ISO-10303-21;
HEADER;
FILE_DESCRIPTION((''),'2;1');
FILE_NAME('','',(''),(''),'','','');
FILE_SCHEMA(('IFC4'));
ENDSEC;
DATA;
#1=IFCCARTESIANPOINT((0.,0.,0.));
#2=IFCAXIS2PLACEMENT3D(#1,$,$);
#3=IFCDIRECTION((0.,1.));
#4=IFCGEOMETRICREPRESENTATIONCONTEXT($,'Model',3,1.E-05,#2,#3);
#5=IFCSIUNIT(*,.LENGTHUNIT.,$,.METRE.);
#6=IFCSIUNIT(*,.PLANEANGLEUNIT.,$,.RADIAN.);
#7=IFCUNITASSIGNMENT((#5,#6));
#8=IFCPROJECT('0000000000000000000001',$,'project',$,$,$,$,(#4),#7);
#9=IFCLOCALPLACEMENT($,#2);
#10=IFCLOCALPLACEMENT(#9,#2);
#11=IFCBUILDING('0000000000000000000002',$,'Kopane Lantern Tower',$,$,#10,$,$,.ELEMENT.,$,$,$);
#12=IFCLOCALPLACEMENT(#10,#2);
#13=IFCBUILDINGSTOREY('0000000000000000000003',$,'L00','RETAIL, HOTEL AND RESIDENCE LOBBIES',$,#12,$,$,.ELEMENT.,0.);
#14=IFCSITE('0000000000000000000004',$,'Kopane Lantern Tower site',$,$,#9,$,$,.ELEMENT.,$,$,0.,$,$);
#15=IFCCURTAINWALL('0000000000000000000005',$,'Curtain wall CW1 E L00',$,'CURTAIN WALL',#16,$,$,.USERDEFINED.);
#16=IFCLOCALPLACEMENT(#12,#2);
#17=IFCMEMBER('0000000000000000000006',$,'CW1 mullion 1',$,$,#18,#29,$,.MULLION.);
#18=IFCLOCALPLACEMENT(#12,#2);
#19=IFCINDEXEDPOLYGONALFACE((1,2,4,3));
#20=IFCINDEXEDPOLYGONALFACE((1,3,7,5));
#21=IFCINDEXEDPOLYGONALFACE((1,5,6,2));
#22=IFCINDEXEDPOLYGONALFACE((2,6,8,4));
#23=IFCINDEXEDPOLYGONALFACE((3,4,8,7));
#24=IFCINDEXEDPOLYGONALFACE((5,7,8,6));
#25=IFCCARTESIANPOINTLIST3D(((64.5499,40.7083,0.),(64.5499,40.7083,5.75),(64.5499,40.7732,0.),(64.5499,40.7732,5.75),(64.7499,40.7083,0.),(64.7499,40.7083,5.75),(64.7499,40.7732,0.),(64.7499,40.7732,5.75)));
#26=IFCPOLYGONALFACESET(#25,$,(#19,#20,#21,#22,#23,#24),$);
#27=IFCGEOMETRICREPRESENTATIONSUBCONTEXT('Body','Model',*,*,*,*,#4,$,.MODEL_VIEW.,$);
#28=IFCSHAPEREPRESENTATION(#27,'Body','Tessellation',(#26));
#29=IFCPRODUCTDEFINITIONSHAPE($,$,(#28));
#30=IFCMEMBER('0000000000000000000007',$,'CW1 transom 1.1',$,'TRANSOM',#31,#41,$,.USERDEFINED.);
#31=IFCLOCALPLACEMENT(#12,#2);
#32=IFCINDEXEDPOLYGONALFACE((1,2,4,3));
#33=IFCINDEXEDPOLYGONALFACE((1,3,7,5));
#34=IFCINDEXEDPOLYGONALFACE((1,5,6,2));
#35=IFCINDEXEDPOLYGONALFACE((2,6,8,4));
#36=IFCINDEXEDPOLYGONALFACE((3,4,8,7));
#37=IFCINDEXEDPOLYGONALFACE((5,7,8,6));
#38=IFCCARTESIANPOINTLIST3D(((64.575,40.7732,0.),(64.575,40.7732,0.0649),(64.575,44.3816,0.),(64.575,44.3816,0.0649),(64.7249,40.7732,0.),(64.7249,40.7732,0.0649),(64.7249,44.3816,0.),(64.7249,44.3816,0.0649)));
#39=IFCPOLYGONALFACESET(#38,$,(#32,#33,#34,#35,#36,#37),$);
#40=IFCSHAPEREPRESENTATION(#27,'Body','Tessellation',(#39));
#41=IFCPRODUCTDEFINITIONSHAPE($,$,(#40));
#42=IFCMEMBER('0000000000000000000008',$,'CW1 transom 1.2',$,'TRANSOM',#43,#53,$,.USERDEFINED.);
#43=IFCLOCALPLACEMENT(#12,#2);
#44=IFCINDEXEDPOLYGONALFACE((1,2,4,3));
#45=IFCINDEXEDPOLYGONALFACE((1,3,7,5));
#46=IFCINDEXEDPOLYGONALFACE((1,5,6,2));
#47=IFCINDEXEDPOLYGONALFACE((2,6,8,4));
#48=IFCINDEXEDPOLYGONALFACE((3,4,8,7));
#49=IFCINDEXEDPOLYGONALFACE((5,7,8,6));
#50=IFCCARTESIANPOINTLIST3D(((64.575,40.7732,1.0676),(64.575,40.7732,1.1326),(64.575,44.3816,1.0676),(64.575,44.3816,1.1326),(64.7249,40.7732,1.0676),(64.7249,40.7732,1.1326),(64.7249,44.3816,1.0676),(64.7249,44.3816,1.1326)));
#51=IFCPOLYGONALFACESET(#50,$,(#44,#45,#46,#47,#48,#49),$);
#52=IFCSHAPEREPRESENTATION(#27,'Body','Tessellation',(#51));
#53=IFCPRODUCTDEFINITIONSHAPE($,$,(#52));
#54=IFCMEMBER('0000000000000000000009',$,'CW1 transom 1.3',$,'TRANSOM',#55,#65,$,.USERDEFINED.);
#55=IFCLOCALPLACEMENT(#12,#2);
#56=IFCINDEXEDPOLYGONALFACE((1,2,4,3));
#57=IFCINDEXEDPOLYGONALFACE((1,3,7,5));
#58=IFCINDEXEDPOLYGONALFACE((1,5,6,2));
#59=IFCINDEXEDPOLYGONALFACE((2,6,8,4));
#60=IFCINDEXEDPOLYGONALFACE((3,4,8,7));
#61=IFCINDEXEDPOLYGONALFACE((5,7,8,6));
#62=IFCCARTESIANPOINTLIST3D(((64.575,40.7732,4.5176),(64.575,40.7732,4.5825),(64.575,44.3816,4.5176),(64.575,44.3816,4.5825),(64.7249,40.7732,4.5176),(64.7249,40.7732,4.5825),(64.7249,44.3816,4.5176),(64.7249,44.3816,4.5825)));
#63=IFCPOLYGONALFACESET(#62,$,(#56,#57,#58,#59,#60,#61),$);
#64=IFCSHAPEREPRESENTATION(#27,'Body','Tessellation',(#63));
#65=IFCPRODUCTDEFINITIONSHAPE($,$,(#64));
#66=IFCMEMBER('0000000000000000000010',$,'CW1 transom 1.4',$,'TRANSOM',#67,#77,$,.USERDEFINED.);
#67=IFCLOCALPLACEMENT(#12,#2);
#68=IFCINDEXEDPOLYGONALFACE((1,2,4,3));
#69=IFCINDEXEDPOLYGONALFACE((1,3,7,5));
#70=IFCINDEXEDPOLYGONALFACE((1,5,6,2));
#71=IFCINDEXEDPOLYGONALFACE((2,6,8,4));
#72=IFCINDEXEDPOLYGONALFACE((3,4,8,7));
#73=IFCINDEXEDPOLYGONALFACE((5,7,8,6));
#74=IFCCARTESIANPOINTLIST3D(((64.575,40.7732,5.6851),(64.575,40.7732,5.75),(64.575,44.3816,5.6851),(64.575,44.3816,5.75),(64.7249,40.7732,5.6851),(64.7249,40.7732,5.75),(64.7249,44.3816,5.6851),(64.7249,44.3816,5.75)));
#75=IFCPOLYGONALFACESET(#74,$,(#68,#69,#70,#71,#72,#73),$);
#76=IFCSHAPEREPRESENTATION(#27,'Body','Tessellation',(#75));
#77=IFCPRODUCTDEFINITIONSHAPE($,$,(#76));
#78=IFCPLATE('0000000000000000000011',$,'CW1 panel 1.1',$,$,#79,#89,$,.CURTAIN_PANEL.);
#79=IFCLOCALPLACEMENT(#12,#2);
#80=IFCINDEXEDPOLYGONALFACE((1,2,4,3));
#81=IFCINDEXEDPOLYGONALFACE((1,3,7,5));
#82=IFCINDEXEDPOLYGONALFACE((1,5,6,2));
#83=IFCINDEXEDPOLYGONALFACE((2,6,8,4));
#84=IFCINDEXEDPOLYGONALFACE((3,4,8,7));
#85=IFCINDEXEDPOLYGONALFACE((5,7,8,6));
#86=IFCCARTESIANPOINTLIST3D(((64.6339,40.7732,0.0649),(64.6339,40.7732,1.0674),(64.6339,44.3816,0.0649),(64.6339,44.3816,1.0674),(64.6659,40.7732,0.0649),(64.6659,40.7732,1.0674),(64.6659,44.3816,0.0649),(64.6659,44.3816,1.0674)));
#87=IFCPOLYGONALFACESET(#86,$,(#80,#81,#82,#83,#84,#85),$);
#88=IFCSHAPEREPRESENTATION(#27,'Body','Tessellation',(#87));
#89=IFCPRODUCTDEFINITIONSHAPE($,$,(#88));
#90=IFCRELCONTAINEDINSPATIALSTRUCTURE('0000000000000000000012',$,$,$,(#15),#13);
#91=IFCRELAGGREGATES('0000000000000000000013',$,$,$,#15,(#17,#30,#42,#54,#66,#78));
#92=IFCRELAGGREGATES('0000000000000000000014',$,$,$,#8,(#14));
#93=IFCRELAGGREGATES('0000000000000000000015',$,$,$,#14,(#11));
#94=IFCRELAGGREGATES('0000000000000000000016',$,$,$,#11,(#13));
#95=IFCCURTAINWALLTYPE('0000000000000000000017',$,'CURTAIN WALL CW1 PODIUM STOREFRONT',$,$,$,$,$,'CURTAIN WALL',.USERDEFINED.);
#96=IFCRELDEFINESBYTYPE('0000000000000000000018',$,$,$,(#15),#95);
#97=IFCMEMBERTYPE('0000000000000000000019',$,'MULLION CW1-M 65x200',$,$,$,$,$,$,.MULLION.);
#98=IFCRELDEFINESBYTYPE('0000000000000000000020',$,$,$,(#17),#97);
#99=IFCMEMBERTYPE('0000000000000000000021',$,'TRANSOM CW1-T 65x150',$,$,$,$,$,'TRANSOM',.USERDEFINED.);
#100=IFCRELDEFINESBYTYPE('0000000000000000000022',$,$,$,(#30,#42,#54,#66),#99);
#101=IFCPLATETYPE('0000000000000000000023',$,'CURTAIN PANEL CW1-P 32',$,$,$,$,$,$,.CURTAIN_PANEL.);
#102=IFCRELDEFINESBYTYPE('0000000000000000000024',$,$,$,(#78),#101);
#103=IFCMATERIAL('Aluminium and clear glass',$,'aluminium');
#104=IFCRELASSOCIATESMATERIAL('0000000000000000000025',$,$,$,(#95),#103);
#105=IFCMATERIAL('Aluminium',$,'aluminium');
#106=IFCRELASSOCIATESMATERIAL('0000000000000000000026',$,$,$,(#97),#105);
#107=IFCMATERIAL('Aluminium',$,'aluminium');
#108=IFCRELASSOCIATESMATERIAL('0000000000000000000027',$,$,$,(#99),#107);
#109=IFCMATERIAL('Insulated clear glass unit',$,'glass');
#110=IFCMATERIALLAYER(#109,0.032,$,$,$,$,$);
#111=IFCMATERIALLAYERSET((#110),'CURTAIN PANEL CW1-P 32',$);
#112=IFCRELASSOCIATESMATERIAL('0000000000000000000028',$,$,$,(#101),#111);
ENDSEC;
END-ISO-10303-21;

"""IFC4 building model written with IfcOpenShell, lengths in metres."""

from ifc_helpers import new_model, si_unit, direction, frame, origin, origin_2d, place, context, subcontext, project, spatial, rectangle, extrude, material, layer, layer_set, material_profile, profile_set, type_object, element, aggregate, save


model = new_model("IFC4")

# Units and contexts
model_context = context("Model", 3, precision=1e-05, world=origin(), true_north=direction((0.0, 1.0)))
body_context = subcontext(model_context, "Body", "Model", "MODEL_VIEW")
ifc_project = project(units=[si_unit("LENGTHUNIT", "METRE"), si_unit("PLANEANGLEUNIT", "RADIAN")], contexts=[model_context])

# Site, building, storey
site_placement = place(None, origin())
site = spatial("IfcSite", under=ifc_project, at=site_placement, Name="Kopane Lantern Tower site", CompositionType="ELEMENT", RefElevation=0.0)
building_placement = place(site_placement, origin())
building = spatial("IfcBuilding", under=site, at=building_placement, Name="Kopane Lantern Tower", CompositionType="ELEMENT")
storey_placement = place(building_placement, origin())
storey = spatial("IfcBuildingStorey", under=building, at=storey_placement, Name="L00", Description="RETAIL, HOTEL AND RESIDENCE LOBBIES", CompositionType="ELEMENT", Elevation=0.0)

# Curtain wall, members, plate
ifc_material_1 = material(Name="Aluminium and clear glass", Category="aluminium")
curtain_wall_type = type_object("IfcCurtainWallType", Name="CURTAIN WALL CW1 PODIUM STOREFRONT", ElementType="CURTAIN WALL", PredefinedType="USERDEFINED", material=ifc_material_1)
curtain_wall_placement = place(storey_placement, origin())
curtain_wall = element("IfcCurtainWall", 1, at=curtain_wall_placement, inside=storey, type_object=curtain_wall_type, Name="Curtain wall CW1 E L00", ObjectType="CURTAIN WALL", PredefinedType="USERDEFINED")
ifc_material_2 = material(Name="Aluminium", Category="aluminium")
ifc_material_profile_1 = material_profile(ifc_material_2, rectangle(XDim=0.0649, YDim=0.2, at=origin_2d()), Name="AL 65x200")
ifc_profile_set_1 = profile_set([ifc_material_profile_1], Name="Aluminium")
member_type_1 = type_object("IfcMemberType", Name="MULLION CW1-M 65x200", PredefinedType="MULLION", material=ifc_profile_set_1)
member_1_placement = place(storey_placement, frame((64.6499, 40.7407, 0.0), z_axis=(0.0, 0.0, 1.0), x_axis=(0.0, 1.0, 0.0)))
member_1 = element("IfcMember", 2, at=member_1_placement, type_object=member_type_1, Name="CW1 mullion 1", PredefinedType="MULLION", context=body_context, shape_type="SweptSolid", body=[
    extrude(rectangle(XDim=0.0649, YDim=0.2, at=origin_2d()), origin(), (0.0, 0.0, 1.0), 5.75),
])
ifc_material_3 = material(Name="Aluminium", Category="aluminium")
ifc_material_profile_2 = material_profile(ifc_material_3, rectangle(XDim=0.1499, YDim=0.0649, at=origin_2d()), Name="AL 150x65")
ifc_profile_set_2 = profile_set([ifc_material_profile_2], Name="Aluminium")
member_type_2 = type_object("IfcMemberType", Name="TRANSOM CW1-T 65x150", ElementType="TRANSOM", PredefinedType="USERDEFINED", material=ifc_profile_set_2)
member_2_placement = place(storey_placement, frame((64.6499, 40.7732, 0.0325), z_axis=(0.0, 1.0, 0.0), x_axis=(-1.0, 0.0, 0.0)))
member_2 = element("IfcMember", 3, at=member_2_placement, type_object=member_type_2, Name="CW1 transom 1.1", ObjectType="TRANSOM", PredefinedType="USERDEFINED", context=body_context, shape_type="SweptSolid", body=[
    extrude(rectangle(XDim=0.1499, YDim=0.0649, at=origin_2d()), origin(), (0.0, 0.0, 1.0), 3.6084),
])
member_3_placement = place(storey_placement, frame((64.6499, 40.7732, 1.1001), z_axis=(0.0, 1.0, 0.0), x_axis=(-1.0, 0.0, 0.0)))
member_3 = element("IfcMember", 4, at=member_3_placement, type_object=member_type_2, Name="CW1 transom 1.2", ObjectType="TRANSOM", PredefinedType="USERDEFINED", context=body_context, shape_type="SweptSolid", body=[
    extrude(rectangle(XDim=0.1499, YDim=0.0649, at=origin_2d()), origin(), (0.0, 0.0, 1.0), 3.6084),
])
member_4_placement = place(storey_placement, frame((64.6499, 40.7732, 4.55), z_axis=(0.0, 1.0, 0.0), x_axis=(-1.0, 0.0, 0.0)))
member_4 = element("IfcMember", 5, at=member_4_placement, type_object=member_type_2, Name="CW1 transom 1.3", ObjectType="TRANSOM", PredefinedType="USERDEFINED", context=body_context, shape_type="SweptSolid", body=[
    extrude(rectangle(XDim=0.1499, YDim=0.0649, at=origin_2d()), origin(), (0.0, 0.0, 1.0), 3.6084),
])
member_5_placement = place(storey_placement, frame((64.6499, 40.7732, 5.7175), z_axis=(0.0, 1.0, 0.0), x_axis=(-1.0, 0.0, 0.0)))
member_5 = element("IfcMember", 6, at=member_5_placement, type_object=member_type_2, Name="CW1 transom 1.4", ObjectType="TRANSOM", PredefinedType="USERDEFINED", context=body_context, shape_type="SweptSolid", body=[
    extrude(rectangle(XDim=0.1499, YDim=0.0649, at=origin_2d()), origin(), (0.0, 0.0, 1.0), 3.6084),
])
ifc_material_4 = material(Name="Insulated clear glass unit", Category="glass")
ifc_layer_1 = layer(ifc_material_4, 0.032)
ifc_layer_set_1 = layer_set([ifc_layer_1], Name="CURTAIN PANEL CW1-P 32")
plate_type = type_object("IfcPlateType", Name="CURTAIN PANEL CW1-P 32", PredefinedType="CURTAIN_PANEL", material=ifc_layer_set_1)
plate_placement = place(storey_placement, frame((64.6499, 42.5774, 0.0649), z_axis=(0.0, 0.0, 1.0), x_axis=(0.0, 1.0, 0.0)))
plate = element("IfcPlate", 7, at=plate_placement, type_object=plate_type, Name="CW1 panel 1.1", PredefinedType="CURTAIN_PANEL", context=body_context, shape_type="SweptSolid", body=[
    extrude(rectangle(XDim=3.6084, YDim=0.032, at=origin_2d()), origin(), (0.0, 0.0, 1.0), 1.0024),
])
aggregate(curtain_wall, [member_1, member_2, member_3, member_4, member_5, plate])

save(model, "model.ifc")
